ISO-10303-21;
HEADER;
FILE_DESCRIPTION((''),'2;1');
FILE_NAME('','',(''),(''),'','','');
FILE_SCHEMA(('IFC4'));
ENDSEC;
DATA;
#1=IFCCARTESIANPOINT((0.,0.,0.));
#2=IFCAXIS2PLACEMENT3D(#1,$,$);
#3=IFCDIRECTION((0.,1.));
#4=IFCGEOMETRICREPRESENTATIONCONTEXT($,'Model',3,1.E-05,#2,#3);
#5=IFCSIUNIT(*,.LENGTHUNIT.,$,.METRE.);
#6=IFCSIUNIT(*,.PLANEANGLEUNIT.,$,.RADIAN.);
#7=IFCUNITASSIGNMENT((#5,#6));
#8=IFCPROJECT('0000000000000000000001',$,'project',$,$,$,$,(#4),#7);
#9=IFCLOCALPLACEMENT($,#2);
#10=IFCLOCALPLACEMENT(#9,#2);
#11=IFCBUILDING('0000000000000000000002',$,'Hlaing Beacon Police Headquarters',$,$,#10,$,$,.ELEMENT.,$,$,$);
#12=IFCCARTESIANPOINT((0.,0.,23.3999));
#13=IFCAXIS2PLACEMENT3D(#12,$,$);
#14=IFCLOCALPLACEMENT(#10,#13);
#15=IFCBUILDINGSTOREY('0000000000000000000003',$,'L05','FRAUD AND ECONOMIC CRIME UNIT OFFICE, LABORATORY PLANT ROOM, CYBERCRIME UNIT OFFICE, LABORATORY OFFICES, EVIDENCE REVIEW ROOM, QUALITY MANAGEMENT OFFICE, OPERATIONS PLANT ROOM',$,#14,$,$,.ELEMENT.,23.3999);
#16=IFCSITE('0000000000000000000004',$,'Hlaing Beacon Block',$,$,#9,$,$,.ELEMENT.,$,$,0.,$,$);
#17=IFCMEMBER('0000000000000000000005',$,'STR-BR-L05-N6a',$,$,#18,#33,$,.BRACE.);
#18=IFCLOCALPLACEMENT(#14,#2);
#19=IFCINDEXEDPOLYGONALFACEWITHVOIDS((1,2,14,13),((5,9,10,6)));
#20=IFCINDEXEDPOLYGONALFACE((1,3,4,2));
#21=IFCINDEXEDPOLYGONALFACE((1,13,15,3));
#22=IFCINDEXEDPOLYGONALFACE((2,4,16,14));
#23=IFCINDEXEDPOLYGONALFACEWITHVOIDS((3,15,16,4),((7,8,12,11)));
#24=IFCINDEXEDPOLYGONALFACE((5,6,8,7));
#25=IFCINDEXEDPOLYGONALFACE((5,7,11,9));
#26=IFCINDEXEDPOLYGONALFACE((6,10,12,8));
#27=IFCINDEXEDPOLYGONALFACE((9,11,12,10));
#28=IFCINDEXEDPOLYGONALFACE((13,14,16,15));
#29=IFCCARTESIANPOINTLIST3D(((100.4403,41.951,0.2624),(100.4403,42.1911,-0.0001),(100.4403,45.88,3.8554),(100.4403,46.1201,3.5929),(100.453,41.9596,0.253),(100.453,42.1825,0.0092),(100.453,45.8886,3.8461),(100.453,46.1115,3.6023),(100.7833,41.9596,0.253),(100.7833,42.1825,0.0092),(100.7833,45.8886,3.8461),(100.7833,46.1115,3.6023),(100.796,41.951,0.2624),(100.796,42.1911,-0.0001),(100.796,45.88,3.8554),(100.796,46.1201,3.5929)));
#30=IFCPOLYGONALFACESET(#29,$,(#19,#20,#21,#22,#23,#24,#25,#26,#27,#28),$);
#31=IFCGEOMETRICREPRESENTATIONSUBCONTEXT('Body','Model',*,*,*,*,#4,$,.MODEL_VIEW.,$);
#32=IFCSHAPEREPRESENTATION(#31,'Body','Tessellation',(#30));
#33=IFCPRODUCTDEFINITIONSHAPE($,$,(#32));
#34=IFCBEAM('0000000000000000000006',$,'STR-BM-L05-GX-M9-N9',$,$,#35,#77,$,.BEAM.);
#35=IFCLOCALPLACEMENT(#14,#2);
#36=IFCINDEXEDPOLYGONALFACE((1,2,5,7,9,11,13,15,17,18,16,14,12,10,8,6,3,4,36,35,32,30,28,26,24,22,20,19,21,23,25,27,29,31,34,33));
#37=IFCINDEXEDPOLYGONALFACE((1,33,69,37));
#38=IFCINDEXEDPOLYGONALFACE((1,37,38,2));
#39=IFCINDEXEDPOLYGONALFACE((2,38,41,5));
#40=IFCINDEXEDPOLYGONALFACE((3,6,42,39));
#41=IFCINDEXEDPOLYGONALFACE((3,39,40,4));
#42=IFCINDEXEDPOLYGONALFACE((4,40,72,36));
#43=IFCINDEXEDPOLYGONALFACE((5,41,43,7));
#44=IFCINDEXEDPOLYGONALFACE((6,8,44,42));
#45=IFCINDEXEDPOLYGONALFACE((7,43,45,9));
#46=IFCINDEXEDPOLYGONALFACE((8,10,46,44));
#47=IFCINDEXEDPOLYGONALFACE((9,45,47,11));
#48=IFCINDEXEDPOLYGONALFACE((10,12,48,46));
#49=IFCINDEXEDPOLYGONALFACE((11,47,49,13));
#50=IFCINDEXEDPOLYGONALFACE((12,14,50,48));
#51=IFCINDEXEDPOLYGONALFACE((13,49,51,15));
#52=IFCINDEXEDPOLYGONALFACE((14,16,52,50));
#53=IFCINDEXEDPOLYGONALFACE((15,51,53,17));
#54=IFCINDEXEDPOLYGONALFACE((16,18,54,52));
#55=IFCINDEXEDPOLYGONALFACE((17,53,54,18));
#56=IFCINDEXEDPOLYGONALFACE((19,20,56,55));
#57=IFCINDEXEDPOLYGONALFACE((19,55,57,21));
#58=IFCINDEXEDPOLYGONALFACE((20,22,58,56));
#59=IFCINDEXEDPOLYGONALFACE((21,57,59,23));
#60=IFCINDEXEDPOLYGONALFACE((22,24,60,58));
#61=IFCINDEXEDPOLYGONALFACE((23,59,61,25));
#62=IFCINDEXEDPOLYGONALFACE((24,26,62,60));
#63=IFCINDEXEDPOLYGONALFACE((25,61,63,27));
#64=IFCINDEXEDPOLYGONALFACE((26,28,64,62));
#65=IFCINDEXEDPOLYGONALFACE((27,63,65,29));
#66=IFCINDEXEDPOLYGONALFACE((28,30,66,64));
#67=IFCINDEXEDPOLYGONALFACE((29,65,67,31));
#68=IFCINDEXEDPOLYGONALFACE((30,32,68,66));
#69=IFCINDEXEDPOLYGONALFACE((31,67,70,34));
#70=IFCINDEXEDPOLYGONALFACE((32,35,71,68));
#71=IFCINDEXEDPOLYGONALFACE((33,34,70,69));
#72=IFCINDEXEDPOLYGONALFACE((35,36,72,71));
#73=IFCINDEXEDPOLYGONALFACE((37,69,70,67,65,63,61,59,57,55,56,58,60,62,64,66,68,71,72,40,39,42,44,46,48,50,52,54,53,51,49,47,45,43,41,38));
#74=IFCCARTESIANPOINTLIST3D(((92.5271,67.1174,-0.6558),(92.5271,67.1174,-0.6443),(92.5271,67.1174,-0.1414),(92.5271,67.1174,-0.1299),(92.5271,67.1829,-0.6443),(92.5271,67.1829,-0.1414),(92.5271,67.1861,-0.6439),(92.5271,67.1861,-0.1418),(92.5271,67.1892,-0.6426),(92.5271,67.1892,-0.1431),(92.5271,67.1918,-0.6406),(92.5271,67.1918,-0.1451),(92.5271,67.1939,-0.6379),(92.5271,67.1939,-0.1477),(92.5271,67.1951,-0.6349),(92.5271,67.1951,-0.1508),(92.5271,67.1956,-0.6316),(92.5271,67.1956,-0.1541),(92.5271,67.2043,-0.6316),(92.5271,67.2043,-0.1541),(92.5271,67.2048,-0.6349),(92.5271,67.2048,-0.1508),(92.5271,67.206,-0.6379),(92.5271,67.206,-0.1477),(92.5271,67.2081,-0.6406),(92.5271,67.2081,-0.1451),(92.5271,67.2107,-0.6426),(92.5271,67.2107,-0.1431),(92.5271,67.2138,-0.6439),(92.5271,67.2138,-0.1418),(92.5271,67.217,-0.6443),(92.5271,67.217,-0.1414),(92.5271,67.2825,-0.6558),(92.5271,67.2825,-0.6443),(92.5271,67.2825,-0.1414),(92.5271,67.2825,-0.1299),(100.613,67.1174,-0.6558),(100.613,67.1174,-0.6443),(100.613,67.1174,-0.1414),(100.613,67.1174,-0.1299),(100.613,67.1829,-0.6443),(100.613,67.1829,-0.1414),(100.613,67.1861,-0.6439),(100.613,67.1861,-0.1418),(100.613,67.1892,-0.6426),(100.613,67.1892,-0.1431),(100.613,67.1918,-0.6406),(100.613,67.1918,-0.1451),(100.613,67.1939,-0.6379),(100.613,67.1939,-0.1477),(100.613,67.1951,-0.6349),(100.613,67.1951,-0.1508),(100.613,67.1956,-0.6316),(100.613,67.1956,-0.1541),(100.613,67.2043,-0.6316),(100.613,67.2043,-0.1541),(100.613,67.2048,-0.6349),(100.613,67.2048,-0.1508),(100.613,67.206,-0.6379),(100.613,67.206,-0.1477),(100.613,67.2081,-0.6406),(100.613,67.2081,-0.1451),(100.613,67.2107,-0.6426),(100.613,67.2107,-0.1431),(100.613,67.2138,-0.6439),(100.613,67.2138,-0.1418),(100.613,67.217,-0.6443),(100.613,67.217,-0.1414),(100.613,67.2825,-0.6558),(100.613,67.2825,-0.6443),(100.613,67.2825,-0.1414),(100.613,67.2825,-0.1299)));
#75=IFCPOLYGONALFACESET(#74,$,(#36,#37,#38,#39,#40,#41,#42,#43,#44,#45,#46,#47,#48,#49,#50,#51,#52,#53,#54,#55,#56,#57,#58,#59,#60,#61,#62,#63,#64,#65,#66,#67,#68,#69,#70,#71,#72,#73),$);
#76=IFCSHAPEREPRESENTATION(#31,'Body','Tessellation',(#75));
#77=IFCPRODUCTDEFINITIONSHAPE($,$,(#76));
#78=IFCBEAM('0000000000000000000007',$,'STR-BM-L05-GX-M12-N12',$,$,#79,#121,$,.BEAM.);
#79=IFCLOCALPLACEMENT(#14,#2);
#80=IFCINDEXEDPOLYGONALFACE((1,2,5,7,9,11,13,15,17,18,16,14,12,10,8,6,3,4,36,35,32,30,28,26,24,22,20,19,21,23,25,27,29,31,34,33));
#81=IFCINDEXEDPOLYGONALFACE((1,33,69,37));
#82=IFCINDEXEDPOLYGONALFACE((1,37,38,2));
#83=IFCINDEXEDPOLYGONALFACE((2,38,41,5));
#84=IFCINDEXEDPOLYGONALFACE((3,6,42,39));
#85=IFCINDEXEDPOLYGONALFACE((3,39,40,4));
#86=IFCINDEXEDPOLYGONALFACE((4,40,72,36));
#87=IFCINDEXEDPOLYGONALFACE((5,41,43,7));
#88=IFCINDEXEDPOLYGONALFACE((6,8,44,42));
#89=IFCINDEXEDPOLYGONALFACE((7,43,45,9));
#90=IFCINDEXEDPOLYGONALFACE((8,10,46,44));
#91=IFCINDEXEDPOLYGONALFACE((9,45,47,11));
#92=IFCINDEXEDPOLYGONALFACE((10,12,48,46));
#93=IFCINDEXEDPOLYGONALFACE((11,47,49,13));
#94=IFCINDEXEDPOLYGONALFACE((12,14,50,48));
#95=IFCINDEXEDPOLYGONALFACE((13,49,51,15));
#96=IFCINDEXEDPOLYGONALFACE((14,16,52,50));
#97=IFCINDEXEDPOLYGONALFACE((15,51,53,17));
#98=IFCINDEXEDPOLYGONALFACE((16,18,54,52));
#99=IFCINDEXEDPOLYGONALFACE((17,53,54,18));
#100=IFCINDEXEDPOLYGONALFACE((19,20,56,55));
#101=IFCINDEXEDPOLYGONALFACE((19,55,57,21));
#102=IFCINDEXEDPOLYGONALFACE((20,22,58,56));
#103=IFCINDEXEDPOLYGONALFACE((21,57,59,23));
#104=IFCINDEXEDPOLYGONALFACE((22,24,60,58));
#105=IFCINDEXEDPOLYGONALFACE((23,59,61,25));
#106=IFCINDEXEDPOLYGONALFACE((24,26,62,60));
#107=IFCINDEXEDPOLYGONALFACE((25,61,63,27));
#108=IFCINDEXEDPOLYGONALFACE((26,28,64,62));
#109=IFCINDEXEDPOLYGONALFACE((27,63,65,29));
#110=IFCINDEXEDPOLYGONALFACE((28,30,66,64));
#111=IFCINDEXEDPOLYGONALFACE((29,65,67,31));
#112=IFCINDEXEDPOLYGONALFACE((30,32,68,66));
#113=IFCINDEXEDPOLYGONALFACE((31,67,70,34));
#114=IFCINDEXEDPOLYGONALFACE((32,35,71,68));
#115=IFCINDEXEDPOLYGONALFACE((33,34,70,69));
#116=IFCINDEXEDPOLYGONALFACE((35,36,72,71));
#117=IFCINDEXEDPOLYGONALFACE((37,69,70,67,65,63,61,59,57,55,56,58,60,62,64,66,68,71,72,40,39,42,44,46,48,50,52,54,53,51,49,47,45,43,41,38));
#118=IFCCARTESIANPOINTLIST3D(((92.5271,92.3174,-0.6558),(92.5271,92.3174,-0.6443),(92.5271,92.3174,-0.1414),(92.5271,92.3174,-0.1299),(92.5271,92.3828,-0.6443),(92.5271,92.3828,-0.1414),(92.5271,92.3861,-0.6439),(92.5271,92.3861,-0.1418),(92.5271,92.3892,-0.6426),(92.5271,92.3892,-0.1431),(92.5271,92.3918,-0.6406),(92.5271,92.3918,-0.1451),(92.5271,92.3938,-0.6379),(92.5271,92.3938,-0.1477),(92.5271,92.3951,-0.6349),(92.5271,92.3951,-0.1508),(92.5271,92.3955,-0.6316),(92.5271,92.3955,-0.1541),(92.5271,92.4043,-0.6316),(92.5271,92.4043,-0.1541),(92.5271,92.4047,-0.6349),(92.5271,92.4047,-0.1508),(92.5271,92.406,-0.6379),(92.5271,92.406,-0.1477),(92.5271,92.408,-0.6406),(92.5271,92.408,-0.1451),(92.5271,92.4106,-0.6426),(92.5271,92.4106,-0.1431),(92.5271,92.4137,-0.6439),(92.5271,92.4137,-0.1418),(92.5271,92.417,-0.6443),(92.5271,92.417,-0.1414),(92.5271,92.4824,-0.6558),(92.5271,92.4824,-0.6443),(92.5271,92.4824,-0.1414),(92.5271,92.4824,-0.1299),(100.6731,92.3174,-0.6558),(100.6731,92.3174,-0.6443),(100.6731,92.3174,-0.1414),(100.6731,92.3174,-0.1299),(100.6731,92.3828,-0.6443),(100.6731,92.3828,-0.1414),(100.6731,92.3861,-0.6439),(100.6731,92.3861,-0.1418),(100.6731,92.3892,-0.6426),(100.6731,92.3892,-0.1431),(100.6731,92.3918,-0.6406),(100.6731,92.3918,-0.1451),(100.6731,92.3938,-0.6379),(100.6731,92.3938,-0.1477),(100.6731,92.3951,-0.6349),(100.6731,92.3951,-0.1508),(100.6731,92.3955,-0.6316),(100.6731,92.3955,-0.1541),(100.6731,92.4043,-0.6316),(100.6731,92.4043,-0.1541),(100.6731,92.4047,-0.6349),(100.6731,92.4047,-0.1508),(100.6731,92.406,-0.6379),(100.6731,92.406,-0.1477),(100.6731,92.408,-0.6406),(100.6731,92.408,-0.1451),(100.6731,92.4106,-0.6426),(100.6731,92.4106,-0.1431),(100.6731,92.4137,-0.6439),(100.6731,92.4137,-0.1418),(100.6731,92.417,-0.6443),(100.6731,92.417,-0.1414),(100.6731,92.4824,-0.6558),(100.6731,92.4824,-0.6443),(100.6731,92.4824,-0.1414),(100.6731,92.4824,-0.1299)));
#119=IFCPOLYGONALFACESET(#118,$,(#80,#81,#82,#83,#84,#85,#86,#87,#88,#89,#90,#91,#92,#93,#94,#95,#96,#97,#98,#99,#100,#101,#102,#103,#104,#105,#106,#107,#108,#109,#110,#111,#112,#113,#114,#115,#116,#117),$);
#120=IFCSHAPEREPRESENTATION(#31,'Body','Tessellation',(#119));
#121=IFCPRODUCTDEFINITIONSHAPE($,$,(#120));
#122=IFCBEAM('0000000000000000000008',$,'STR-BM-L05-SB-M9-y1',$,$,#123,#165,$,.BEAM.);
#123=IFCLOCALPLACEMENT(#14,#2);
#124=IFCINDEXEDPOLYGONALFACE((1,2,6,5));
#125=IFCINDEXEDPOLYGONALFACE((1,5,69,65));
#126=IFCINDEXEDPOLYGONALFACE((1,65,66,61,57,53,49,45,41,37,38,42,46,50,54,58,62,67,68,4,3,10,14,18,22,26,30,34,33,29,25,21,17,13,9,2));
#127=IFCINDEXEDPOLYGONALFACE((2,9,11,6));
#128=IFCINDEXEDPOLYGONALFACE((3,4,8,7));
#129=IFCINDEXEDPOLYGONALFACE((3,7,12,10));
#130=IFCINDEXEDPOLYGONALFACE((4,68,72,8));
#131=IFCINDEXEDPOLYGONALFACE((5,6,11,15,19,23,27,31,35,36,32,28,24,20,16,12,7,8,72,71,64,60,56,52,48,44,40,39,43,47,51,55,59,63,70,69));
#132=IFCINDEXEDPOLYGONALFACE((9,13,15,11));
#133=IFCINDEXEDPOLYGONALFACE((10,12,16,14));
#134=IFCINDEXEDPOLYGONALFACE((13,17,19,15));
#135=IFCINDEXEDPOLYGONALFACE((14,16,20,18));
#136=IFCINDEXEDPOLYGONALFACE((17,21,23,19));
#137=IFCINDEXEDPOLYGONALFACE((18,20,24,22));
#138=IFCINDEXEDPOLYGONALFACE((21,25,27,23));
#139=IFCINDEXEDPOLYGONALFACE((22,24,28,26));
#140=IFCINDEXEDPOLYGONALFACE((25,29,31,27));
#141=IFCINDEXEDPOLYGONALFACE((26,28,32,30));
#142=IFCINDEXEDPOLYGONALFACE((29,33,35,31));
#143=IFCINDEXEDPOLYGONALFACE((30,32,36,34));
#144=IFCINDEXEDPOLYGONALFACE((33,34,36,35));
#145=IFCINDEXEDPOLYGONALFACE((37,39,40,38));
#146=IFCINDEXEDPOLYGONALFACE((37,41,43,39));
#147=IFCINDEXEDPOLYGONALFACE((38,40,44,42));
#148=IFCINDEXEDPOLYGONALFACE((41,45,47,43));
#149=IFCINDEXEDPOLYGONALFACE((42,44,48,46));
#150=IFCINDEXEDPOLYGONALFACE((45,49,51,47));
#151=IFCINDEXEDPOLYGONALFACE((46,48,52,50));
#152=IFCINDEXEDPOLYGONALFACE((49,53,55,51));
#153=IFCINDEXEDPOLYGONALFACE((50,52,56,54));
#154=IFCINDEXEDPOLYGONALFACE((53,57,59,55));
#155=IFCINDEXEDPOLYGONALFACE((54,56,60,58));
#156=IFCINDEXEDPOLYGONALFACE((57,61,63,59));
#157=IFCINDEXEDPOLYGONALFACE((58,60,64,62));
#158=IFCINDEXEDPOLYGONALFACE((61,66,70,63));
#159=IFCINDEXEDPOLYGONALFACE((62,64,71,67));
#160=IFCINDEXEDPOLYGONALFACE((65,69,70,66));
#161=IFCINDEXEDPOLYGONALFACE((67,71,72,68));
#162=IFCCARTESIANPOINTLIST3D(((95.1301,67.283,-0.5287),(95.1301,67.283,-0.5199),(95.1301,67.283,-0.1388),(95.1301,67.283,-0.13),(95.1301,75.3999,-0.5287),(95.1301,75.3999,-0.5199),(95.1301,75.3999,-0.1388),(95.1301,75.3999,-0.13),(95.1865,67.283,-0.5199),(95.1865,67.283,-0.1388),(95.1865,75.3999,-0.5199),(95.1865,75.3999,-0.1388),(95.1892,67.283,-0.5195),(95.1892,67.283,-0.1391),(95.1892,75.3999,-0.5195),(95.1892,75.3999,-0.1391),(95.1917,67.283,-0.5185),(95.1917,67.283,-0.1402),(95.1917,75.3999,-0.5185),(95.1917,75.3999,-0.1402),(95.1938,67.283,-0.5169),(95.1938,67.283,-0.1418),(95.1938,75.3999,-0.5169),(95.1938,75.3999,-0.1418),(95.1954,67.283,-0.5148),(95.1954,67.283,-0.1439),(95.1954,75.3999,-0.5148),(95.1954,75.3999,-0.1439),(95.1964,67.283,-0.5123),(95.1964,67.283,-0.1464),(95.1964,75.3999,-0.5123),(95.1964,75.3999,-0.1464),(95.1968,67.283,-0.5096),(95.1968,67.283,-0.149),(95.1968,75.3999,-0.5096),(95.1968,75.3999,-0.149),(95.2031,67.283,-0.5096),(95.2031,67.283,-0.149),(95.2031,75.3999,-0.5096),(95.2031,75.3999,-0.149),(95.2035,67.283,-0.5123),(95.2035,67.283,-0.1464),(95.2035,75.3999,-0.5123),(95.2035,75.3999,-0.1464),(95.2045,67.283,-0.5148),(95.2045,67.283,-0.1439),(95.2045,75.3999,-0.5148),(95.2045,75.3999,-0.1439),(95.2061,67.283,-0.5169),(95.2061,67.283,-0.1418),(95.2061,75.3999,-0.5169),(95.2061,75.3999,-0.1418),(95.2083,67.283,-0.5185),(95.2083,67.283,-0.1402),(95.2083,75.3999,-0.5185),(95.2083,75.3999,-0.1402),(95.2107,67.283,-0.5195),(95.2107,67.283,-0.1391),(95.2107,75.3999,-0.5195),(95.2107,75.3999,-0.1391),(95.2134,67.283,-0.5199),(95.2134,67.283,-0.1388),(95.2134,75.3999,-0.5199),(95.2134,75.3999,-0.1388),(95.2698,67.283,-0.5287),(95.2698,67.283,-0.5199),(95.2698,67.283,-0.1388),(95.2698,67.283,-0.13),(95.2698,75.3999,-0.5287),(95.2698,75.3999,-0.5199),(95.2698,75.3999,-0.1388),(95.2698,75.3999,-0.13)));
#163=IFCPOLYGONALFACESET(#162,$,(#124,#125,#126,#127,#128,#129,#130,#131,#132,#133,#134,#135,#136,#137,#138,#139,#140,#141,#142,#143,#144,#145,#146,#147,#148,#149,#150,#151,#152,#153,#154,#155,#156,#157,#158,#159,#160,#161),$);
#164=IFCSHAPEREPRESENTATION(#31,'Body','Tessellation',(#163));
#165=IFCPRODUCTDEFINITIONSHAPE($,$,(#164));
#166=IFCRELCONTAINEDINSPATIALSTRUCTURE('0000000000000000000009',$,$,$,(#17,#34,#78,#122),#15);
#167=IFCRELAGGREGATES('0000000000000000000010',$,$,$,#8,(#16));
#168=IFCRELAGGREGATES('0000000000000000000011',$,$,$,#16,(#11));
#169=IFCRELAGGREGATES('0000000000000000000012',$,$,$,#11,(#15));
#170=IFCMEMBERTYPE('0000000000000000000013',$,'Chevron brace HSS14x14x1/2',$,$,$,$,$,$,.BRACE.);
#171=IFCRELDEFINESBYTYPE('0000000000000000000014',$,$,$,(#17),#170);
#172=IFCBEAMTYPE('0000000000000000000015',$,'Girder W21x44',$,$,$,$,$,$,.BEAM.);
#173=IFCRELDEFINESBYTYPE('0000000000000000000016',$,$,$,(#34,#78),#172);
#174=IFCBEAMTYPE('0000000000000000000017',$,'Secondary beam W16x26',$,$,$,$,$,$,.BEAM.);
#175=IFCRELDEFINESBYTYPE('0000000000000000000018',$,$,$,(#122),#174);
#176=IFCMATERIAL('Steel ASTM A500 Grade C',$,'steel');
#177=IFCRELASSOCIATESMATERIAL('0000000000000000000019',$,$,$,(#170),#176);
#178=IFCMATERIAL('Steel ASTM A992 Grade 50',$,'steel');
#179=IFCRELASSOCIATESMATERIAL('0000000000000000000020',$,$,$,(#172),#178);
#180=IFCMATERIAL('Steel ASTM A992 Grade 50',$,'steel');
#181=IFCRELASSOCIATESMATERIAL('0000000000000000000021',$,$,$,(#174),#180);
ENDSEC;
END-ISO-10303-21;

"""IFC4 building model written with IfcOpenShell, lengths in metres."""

from ifc_helpers import new_model, si_unit, direction, frame, origin, origin_2d, place, context, subcontext, project, spatial, hollow_rectangle, i_section, extrude, material, material_profile, profile_set, type_object, element, save


model = new_model("IFC4")

# Units and contexts
model_context = context("Model", 3, precision=1e-05, world=origin(), true_north=direction((0.0, 1.0)))
body_context = subcontext(model_context, "Body", "Model", "MODEL_VIEW")
ifc_project = project(units=[si_unit("LENGTHUNIT", "METRE"), si_unit("PLANEANGLEUNIT", "RADIAN")], contexts=[model_context])

# Site, building, storey
site_placement = place(None, origin())
site = spatial("IfcSite", under=ifc_project, at=site_placement, Name="Hlaing Beacon Block", CompositionType="ELEMENT", RefElevation=0.0)
building_placement = place(site_placement, origin())
building = spatial("IfcBuilding", under=site, at=building_placement, Name="Hlaing Beacon Police Headquarters", CompositionType="ELEMENT")
storey_placement = place(building_placement, frame((0.0, 0.0, 23.3999)))
storey = spatial("IfcBuildingStorey", under=building, at=storey_placement, Name="L05", Description="FRAUD AND ECONOMIC CRIME UNIT OFFICE, LABORATORY PLANT ROOM, CYBERCRIME UNIT OFFICE, LABORATORY OFFICES, EVIDENCE REVIEW ROOM, QUALITY MANAGEMENT OFFICE, OPERATIONS PLANT ROOM", CompositionType="ELEMENT", Elevation=23.3999)

# Member
ifc_material_1 = material(Name="Steel ASTM A500 Grade C", Category="steel")
ifc_material_profile_1 = material_profile(ifc_material_1, hollow_rectangle(XDim=0.3557, YDim=0.3557, WallThickness=0.0127, at=origin_2d()), Name="HSS14x14x1/2")
ifc_profile_set_1 = profile_set([ifc_material_profile_1], Name="Steel ASTM A500 Grade C")
member_type = type_object("IfcMemberType", Name="Chevron brace HSS14x14x1/2", PredefinedType="BRACE", material=ifc_profile_set_1)
member_placement = place(storey_placement, frame((100.6182, 42.071, 0.1311), z_axis=(0.0, 0.737951, 0.674854), x_axis=(-1.0, 0.0, 0.0)))
element("IfcMember", 1, at=member_placement, inside=storey, type_object=member_type, Name="STR-BR-L05-N6a", PredefinedType="BRACE", context=body_context, shape_type="SweptSolid", body=[
    extrude(hollow_rectangle(XDim=0.3557, YDim=0.3557, WallThickness=0.0127, at=origin_2d()), origin(), (0.0, 0.0, 1.0), 5.3242),
])

# Beams
ifc_material_2 = material(Name="Steel ASTM A992 Grade 50", Category="steel")
ifc_material_profile_2 = material_profile(ifc_material_2, i_section(OverallWidth=0.165, OverallDepth=0.5259, WebThickness=0.0088, FlangeThickness=0.0115, FilletRadius=0.0127, at=origin_2d()), Name="W21x44")
ifc_profile_set_2 = profile_set([ifc_material_profile_2], Name="Steel ASTM A992 Grade 50")
beam_type_1 = type_object("IfcBeamType", Name="Girder W21x44", PredefinedType="BEAM", material=ifc_profile_set_2)
beam_1_placement = place(storey_placement, frame((92.5271, 67.2, -0.3928), z_axis=(1.0, 0.0, 0.0), x_axis=(0.0, 1.0, 0.0)))
element("IfcBeam", 2, at=beam_1_placement, inside=storey, type_object=beam_type_1, Name="STR-BM-L05-GX-M9-N9", PredefinedType="BEAM", context=body_context, shape_type="SweptSolid", body=[
    extrude(i_section(OverallWidth=0.165, OverallDepth=0.5259, WebThickness=0.0088, FlangeThickness=0.0115, FilletRadius=0.0127, at=origin_2d()), origin(), (0.0, 0.0, 1.0), 8.0859),
])
beam_2_placement = place(storey_placement, frame((92.5271, 92.3999, -0.3928), z_axis=(1.0, 0.0, 0.0), x_axis=(0.0, 1.0, 0.0)))
element("IfcBeam", 3, at=beam_2_placement, inside=storey, type_object=beam_type_1, Name="STR-BM-L05-GX-M12-N12", PredefinedType="BEAM", context=body_context, shape_type="SweptSolid", body=[
    extrude(i_section(OverallWidth=0.165, OverallDepth=0.5259, WebThickness=0.0088, FlangeThickness=0.0115, FilletRadius=0.0127, at=origin_2d()), origin(), (0.0, 0.0, 1.0), 8.146),
])
ifc_material_3 = material(Name="Steel ASTM A992 Grade 50", Category="steel")
ifc_material_profile_3 = material_profile(ifc_material_3, i_section(OverallWidth=0.1396, OverallDepth=0.3987, WebThickness=0.0063, FlangeThickness=0.0088, FilletRadius=0.0103, at=origin_2d()), Name="W16x26")
ifc_profile_set_3 = profile_set([ifc_material_profile_3], Name="Steel ASTM A992 Grade 50")
beam_type_2 = type_object("IfcBeamType", Name="Secondary beam W16x26", PredefinedType="BEAM", material=ifc_profile_set_3)
for number, where, z_axis, x_axis, name in (
    (4, (95.2, 67.283, -0.3293), (0.0, 1.0, 0.0), (-1.0, 0.0, 0.0), "STR-BM-L05-SB-M9-y1"),
):
    element("IfcBeam", number, at=place(storey_placement, frame(where, z_axis=z_axis, x_axis=x_axis)), inside=storey, type_object=beam_type_2, Name=name, PredefinedType="BEAM", context=body_context, shape_type="SweptSolid", body=[
        extrude(i_section(OverallWidth=0.1396, OverallDepth=0.3987, WebThickness=0.0063, FlangeThickness=0.0088, FilletRadius=0.0103, at=origin_2d()), origin(), (0.0, 0.0, 1.0), 8.1169),
    ])

save(model, "model.ifc")
